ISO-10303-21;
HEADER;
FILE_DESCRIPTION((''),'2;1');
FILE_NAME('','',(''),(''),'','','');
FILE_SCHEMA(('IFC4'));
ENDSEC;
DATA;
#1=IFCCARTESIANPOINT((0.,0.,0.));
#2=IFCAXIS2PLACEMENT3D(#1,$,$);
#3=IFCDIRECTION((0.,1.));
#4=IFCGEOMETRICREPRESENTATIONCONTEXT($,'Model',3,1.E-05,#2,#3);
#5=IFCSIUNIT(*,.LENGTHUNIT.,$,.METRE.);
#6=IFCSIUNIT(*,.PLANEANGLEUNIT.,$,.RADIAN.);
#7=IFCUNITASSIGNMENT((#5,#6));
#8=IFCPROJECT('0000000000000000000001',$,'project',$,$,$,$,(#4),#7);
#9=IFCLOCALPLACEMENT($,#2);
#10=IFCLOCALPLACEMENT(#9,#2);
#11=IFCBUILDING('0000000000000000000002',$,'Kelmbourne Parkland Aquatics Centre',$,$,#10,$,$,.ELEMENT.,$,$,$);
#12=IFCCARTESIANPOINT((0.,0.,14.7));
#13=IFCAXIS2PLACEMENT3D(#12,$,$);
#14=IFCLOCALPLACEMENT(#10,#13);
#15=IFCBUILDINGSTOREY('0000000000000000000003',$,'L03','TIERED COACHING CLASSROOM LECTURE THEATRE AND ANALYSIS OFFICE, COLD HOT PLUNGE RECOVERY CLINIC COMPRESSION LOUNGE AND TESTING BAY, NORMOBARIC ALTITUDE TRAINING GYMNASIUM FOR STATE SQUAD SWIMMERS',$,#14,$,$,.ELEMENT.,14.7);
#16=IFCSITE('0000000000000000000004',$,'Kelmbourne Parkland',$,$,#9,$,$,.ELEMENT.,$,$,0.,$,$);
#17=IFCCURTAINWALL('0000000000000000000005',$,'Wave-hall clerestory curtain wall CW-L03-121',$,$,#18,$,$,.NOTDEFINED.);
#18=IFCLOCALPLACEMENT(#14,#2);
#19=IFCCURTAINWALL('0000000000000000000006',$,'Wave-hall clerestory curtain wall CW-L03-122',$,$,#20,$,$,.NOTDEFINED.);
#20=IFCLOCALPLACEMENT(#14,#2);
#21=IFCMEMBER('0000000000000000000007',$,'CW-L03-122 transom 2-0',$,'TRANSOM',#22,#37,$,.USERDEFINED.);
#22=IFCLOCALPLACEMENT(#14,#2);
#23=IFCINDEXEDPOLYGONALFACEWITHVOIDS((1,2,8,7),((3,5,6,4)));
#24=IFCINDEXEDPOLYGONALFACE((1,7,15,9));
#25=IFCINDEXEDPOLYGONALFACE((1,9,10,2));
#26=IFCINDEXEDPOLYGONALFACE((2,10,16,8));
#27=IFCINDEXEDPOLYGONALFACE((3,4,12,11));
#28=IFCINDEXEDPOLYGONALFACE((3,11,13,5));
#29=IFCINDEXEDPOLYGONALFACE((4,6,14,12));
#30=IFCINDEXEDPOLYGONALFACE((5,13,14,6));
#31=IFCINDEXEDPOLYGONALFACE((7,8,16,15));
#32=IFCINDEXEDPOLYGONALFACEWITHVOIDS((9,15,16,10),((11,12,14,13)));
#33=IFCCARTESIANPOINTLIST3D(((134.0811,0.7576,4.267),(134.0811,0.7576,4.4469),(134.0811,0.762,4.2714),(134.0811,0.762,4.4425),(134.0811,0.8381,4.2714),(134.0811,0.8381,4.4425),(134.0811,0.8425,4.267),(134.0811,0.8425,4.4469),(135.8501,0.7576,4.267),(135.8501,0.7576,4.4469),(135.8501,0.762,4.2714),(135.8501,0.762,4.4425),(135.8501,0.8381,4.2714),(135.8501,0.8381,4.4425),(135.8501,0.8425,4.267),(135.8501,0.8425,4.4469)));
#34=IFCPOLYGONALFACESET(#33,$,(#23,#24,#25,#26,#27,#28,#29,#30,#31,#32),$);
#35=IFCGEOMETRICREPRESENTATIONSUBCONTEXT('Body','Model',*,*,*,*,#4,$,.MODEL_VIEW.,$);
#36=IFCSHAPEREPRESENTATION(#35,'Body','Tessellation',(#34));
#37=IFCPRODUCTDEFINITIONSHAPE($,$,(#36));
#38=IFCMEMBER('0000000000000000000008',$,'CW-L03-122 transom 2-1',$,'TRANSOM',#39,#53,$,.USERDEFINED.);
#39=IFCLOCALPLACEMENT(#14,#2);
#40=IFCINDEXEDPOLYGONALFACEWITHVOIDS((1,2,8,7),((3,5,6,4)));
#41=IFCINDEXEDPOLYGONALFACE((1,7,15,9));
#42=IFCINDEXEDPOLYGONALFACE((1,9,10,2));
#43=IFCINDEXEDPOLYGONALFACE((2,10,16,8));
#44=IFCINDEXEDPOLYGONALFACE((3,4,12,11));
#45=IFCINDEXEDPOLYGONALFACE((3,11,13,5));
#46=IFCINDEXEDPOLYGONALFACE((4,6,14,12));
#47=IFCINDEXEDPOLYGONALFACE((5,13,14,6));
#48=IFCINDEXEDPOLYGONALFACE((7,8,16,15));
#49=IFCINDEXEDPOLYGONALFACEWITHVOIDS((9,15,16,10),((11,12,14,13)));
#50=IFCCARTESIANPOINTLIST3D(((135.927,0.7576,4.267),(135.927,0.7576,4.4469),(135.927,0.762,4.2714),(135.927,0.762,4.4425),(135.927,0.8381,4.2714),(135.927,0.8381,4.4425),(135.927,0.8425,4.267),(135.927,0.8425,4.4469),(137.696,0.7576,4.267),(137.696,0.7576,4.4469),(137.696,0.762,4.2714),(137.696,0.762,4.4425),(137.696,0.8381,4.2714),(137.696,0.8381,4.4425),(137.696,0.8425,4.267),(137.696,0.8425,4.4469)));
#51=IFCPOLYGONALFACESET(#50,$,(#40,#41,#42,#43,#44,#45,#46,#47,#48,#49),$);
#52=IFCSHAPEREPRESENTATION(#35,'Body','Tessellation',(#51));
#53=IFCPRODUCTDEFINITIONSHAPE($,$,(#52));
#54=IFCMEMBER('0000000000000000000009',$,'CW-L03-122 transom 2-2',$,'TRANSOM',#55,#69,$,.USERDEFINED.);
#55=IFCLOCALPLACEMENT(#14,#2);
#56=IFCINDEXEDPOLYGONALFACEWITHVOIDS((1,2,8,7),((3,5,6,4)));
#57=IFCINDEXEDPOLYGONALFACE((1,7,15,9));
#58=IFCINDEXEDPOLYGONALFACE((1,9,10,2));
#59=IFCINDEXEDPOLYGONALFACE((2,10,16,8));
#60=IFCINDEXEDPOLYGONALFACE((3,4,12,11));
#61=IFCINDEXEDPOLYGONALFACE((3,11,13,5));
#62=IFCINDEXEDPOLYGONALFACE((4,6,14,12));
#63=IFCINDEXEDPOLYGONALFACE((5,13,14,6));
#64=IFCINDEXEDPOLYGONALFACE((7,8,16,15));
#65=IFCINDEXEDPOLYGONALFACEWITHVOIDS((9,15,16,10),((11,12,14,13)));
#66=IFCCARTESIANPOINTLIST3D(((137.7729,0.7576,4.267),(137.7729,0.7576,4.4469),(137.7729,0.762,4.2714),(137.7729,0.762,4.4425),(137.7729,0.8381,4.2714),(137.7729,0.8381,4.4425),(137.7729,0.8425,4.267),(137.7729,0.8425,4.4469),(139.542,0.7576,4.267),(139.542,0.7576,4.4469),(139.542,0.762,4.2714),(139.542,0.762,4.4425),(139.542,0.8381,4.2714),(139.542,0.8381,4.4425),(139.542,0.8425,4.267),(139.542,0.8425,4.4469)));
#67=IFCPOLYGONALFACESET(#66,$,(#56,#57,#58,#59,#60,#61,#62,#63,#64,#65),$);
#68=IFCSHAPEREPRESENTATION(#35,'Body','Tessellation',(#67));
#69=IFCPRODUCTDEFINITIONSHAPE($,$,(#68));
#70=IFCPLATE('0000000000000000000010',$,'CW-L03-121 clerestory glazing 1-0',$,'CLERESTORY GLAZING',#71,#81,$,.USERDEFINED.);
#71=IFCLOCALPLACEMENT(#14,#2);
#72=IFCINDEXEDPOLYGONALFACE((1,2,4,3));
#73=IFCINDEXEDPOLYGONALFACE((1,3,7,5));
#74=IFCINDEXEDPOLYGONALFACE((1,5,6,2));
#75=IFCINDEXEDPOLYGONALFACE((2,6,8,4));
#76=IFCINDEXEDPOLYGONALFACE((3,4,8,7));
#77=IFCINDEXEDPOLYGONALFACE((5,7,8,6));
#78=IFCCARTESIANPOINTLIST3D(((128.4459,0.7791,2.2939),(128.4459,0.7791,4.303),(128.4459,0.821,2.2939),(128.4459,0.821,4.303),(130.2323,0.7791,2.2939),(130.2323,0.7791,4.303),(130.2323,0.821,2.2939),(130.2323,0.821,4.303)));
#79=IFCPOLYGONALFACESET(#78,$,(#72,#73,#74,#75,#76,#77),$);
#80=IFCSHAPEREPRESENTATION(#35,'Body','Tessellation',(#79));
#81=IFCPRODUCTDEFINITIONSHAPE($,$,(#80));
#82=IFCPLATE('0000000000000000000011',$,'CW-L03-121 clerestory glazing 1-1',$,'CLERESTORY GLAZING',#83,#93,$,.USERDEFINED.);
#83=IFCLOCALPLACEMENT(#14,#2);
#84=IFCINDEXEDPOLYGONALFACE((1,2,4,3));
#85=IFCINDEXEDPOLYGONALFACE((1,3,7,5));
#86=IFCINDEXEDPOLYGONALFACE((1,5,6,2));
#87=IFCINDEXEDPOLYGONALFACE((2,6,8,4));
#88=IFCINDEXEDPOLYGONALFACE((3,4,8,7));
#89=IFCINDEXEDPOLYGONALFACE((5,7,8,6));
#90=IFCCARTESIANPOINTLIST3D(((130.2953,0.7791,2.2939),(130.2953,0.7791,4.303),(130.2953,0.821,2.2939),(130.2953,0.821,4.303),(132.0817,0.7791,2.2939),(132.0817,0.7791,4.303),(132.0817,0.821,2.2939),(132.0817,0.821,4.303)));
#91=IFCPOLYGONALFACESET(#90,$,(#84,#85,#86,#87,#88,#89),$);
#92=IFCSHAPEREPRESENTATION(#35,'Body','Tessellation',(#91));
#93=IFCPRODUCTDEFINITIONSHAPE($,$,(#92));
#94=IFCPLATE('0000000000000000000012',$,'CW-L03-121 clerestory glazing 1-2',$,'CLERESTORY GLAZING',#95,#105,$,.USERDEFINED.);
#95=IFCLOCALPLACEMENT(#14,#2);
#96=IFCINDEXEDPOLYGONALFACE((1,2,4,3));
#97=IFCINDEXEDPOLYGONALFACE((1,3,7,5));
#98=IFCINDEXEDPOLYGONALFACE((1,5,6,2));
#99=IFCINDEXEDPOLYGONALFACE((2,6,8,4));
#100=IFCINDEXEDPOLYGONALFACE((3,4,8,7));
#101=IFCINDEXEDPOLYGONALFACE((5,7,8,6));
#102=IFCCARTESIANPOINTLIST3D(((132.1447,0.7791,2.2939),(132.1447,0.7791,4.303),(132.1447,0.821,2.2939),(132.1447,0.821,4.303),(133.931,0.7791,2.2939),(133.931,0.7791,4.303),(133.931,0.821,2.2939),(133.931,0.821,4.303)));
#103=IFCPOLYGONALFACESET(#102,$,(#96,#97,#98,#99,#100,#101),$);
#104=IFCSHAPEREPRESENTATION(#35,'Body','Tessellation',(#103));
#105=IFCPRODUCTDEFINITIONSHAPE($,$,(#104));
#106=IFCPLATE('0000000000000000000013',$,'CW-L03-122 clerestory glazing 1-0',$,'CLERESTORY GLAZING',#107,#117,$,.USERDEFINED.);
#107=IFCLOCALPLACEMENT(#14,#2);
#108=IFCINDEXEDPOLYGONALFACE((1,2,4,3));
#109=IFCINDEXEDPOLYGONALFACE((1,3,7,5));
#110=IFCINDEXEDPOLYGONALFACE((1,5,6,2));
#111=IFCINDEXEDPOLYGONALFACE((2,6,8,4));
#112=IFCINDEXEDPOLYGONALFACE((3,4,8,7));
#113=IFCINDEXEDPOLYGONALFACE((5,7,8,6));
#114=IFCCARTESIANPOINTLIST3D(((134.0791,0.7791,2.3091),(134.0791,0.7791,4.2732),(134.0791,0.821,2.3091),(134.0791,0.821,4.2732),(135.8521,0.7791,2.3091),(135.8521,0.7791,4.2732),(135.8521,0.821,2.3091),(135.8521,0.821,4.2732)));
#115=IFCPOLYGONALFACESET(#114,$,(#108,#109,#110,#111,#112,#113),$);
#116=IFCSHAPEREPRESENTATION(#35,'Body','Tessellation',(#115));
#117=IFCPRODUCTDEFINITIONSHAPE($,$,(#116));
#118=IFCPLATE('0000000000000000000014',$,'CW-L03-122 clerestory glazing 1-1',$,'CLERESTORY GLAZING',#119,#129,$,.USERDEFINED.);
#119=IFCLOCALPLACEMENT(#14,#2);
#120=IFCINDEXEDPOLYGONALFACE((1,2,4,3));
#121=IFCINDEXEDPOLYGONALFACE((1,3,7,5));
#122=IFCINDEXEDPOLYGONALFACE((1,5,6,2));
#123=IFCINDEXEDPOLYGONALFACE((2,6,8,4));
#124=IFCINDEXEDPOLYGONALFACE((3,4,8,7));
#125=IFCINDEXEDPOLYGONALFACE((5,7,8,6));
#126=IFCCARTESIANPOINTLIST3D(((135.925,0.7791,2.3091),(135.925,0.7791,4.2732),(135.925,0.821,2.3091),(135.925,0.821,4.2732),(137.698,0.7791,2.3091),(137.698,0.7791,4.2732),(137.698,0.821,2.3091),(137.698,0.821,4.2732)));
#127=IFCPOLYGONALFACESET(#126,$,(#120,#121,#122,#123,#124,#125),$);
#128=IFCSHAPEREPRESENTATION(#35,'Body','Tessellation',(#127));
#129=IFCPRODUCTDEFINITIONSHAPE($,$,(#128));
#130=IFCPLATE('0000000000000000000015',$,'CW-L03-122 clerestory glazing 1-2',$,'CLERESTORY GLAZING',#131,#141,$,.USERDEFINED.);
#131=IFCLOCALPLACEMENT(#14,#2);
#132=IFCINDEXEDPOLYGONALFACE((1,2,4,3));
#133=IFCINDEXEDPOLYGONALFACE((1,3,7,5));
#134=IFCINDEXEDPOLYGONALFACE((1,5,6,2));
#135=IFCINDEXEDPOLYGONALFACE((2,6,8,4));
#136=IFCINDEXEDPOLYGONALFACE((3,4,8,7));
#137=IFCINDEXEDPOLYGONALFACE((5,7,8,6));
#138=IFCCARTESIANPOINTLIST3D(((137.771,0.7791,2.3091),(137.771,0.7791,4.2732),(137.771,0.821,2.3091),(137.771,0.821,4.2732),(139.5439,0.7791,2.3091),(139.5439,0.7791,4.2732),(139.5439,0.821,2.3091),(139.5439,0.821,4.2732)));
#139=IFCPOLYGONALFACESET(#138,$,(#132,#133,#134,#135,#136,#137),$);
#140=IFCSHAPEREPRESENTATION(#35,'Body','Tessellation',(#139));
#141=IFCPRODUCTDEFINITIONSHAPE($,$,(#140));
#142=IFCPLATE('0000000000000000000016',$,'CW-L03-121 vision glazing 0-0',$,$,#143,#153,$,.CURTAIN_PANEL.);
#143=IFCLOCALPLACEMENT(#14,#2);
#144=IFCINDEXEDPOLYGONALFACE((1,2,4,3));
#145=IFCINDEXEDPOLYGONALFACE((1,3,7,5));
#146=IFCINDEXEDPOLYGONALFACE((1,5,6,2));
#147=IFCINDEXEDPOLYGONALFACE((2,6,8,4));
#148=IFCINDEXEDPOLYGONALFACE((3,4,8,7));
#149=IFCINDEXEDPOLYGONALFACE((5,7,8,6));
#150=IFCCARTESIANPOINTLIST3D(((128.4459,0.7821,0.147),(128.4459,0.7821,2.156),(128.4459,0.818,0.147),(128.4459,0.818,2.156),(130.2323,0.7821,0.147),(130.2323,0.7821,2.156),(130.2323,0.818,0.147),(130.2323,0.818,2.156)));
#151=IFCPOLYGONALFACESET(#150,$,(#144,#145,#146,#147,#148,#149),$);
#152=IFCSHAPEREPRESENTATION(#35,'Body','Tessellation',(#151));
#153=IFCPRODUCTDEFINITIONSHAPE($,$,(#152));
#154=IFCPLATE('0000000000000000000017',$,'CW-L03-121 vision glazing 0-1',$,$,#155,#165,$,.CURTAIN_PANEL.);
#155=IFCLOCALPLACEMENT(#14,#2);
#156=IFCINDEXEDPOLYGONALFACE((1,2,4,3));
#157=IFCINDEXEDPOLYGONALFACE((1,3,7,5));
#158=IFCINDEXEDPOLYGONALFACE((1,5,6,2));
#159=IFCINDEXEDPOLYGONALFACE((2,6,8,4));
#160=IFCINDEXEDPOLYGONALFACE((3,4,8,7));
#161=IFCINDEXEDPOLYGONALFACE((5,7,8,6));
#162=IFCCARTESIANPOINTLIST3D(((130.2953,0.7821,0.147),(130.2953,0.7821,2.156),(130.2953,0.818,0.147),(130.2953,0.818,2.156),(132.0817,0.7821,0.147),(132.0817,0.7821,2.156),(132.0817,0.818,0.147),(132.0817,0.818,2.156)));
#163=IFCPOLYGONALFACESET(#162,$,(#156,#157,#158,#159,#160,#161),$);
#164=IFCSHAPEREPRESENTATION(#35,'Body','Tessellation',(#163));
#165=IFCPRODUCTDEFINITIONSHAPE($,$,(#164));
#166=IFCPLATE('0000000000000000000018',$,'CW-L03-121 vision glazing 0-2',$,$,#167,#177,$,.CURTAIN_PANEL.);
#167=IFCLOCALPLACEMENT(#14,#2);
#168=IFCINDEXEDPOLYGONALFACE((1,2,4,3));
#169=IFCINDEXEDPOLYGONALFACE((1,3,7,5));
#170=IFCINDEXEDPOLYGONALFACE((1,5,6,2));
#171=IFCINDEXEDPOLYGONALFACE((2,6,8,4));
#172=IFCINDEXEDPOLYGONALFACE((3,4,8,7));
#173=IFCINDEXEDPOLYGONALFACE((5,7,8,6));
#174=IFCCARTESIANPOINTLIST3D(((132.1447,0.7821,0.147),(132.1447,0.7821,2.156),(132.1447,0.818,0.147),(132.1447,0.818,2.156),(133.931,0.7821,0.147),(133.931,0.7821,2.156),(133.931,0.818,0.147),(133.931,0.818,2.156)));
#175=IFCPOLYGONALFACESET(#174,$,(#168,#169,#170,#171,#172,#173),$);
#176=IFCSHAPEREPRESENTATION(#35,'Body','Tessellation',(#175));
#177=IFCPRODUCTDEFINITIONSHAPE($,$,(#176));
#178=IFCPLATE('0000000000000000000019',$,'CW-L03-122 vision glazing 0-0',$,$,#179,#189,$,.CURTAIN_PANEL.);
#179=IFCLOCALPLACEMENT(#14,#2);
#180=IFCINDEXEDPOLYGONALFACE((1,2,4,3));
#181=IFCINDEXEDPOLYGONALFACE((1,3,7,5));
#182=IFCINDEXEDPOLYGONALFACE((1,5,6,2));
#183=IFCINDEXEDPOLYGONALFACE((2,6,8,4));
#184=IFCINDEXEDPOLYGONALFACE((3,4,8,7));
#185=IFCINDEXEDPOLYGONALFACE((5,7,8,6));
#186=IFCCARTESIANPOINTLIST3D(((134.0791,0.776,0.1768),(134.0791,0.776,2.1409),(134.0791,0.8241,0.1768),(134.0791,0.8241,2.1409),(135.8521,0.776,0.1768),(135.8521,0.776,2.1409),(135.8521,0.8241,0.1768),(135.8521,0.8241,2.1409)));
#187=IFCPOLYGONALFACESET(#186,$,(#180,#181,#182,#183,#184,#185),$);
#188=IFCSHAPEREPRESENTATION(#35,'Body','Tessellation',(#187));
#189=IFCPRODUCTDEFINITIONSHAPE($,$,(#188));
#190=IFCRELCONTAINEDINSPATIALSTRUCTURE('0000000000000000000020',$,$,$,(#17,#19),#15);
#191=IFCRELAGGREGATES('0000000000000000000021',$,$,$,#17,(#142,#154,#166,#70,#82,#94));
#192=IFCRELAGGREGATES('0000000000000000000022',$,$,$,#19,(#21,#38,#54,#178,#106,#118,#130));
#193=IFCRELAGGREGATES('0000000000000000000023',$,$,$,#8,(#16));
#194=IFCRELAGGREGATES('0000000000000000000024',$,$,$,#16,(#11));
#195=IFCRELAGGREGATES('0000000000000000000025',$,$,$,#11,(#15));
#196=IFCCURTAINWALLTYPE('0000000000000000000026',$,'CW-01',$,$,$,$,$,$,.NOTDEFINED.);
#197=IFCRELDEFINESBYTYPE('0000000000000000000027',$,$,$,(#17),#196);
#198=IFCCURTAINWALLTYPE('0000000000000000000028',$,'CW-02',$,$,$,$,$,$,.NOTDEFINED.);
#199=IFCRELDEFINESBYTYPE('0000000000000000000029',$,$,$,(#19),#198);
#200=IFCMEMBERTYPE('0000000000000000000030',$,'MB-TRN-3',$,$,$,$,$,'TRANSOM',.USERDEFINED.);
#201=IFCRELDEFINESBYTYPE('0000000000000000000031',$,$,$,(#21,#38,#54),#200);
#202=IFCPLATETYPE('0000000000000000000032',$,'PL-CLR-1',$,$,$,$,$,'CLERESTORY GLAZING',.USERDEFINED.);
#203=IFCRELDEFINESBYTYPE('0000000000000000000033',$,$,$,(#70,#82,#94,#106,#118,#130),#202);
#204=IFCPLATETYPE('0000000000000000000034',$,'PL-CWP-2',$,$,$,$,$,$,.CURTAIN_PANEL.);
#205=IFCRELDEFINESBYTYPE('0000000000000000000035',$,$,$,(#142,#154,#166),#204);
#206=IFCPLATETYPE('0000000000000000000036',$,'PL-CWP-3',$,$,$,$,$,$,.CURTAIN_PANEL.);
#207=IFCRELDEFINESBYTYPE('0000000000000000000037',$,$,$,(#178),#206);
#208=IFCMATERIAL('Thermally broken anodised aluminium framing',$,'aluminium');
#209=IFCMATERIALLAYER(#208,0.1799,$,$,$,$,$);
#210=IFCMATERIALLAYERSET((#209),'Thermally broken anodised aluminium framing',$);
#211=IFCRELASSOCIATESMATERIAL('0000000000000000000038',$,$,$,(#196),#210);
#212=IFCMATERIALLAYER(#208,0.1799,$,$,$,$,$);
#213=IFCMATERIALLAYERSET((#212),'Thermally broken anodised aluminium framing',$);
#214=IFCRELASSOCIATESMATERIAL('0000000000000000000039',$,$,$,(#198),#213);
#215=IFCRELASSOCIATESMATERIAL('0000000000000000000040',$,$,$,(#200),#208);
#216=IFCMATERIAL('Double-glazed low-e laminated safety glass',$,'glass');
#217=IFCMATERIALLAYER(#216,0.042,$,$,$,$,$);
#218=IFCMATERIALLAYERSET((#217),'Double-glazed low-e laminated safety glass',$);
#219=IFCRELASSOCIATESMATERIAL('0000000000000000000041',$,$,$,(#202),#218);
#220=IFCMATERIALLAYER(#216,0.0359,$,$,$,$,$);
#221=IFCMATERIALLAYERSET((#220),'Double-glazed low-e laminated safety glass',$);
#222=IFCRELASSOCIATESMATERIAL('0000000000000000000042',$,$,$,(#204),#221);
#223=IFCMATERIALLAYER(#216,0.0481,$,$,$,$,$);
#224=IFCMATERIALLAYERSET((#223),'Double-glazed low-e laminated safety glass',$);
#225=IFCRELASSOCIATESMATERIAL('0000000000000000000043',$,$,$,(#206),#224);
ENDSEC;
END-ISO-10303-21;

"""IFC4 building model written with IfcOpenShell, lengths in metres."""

from ifc_helpers import new_model, si_unit, direction, frame, origin, origin_2d, place, context, subcontext, project, spatial, rectangle, hollow_rectangle, extrude, material, layer, layer_set, material_profile, profile_set, type_object, element, aggregate, save


model = new_model("IFC4")

# Units and contexts
model_context = context("Model", 3, precision=1e-05, world=origin(), true_north=direction((0.0, 1.0)))
body_context = subcontext(model_context, "Body", "Model", "MODEL_VIEW")
ifc_project = project(units=[si_unit("LENGTHUNIT", "METRE"), si_unit("PLANEANGLEUNIT", "RADIAN")], contexts=[model_context])

# Site, building, storey
site_placement = place(None, origin())
site = spatial("IfcSite", under=ifc_project, at=site_placement, Name="Kelmbourne Parkland", CompositionType="ELEMENT", RefElevation=0.0)
building_placement = place(site_placement, origin())
building = spatial("IfcBuilding", under=site, at=building_placement, Name="Kelmbourne Parkland Aquatics Centre", CompositionType="ELEMENT")
storey_placement = place(building_placement, frame((0.0, 0.0, 14.7)))
storey = spatial("IfcBuildingStorey", under=building, at=storey_placement, Name="L03", Description="TIERED COACHING CLASSROOM LECTURE THEATRE AND ANALYSIS OFFICE, COLD HOT PLUNGE RECOVERY CLINIC COMPRESSION LOUNGE AND TESTING BAY, NORMOBARIC ALTITUDE TRAINING GYMNASIUM FOR STATE SQUAD SWIMMERS", CompositionType="ELEMENT", Elevation=14.7)

# Curtain walls
ifc_material_1 = material(Name="Thermally broken anodised aluminium framing", Category="aluminium")
ifc_layer_1 = layer(ifc_material_1, 0.1799)
ifc_layer_set_1 = layer_set([ifc_layer_1], Name="Thermally broken anodised aluminium framing")
curtain_wall_type_1 = type_object("IfcCurtainWallType", Name="CW-01", PredefinedType="NOTDEFINED", material=ifc_layer_set_1)
curtain_wall_1_placement = place(storey_placement, origin())
curtain_wall_1 = element("IfcCurtainWall", 1, at=curtain_wall_1_placement, inside=storey, type_object=curtain_wall_type_1, Name="Wave-hall clerestory curtain wall CW-L03-121", PredefinedType="NOTDEFINED")
ifc_layer_2 = layer(ifc_material_1, 0.1799)
ifc_layer_set_2 = layer_set([ifc_layer_2], Name="Thermally broken anodised aluminium framing")
curtain_wall_type_2 = type_object("IfcCurtainWallType", Name="CW-02", PredefinedType="NOTDEFINED", material=ifc_layer_set_2)
curtain_wall_2_placement = place(storey_placement, origin())
curtain_wall_2 = element("IfcCurtainWall", 2, at=curtain_wall_2_placement, inside=storey, type_object=curtain_wall_type_2, Name="Wave-hall clerestory curtain wall CW-L03-122", PredefinedType="NOTDEFINED")

# Members
ifc_material_profile_1 = material_profile(ifc_material_1, hollow_rectangle(XDim=0.085, YDim=0.1799, WallThickness=0.0044, at=origin_2d()), Name="CW-T 85x180")
ifc_profile_set_1 = profile_set([ifc_material_profile_1], Name="Thermally broken anodised aluminium framing")
member_type_1 = type_object("IfcMemberType", Name="MB-TRN-3", ElementType="TRANSOM", PredefinedType="USERDEFINED", material=ifc_profile_set_1)
member_1_placement = place(storey_placement, frame((134.0811, 0.8, 4.3569), z_axis=(1.0, 0.0, 0.0), x_axis=(0.0, 1.0, 0.0)))
member_1 = element("IfcMember", 3, at=member_1_placement, type_object=member_type_1, Name="CW-L03-122 transom 2-0", ObjectType="TRANSOM", PredefinedType="USERDEFINED", context=body_context, shape_type="SweptSolid", body=[
    extrude(hollow_rectangle(XDim=0.085, YDim=0.1799, WallThickness=0.0044, at=origin_2d()), origin(), (0.0, 0.0, 1.0), 1.769),
])
member_2_placement = place(storey_placement, frame((135.927, 0.8, 4.3569), z_axis=(1.0, 0.0, 0.0), x_axis=(0.0, 1.0, 0.0)))
member_2 = element("IfcMember", 4, at=member_2_placement, type_object=member_type_1, Name="CW-L03-122 transom 2-1", ObjectType="TRANSOM", PredefinedType="USERDEFINED", context=body_context, shape_type="SweptSolid", body=[
    extrude(hollow_rectangle(XDim=0.085, YDim=0.1799, WallThickness=0.0044, at=origin_2d()), origin(), (0.0, 0.0, 1.0), 1.769),
])
member_3_placement = place(storey_placement, frame((137.7729, 0.8, 4.3569), z_axis=(1.0, 0.0, 0.0), x_axis=(0.0, 1.0, 0.0)))
member_3 = element("IfcMember", 5, at=member_3_placement, type_object=member_type_1, Name="CW-L03-122 transom 2-2", ObjectType="TRANSOM", PredefinedType="USERDEFINED", context=body_context, shape_type="SweptSolid", body=[
    extrude(hollow_rectangle(XDim=0.085, YDim=0.1799, WallThickness=0.0044, at=origin_2d()), origin(), (0.0, 0.0, 1.0), 1.769),
])

# Plates
ifc_material_2 = material(Name="Double-glazed low-e laminated safety glass", Category="glass")
ifc_layer_3 = layer(ifc_material_2, 0.042)
ifc_layer_set_3 = layer_set([ifc_layer_3], Name="Double-glazed low-e laminated safety glass")
plate_type_1 = type_object("IfcPlateType", Name="PL-CLR-1", ElementType="CLERESTORY GLAZING", PredefinedType="USERDEFINED", material=ifc_layer_set_3)
plate_1_placement = place(storey_placement, frame((129.3391, 0.8, 2.2939), z_axis=(0.0, 0.0, 1.0), x_axis=(1.0, 0.0, 0.0)))
plate_1 = element("IfcPlate", 6, at=plate_1_placement, type_object=plate_type_1, Name="CW-L03-121 clerestory glazing 1-0", ObjectType="CLERESTORY GLAZING", PredefinedType="USERDEFINED", context=body_context, shape_type="SweptSolid", body=[
    extrude(rectangle(XDim=1.7864, YDim=0.042, at=origin_2d()), origin(), (0.0, 0.0, 1.0), 2.009),
])
plate_2_placement = place(storey_placement, frame((131.1885, 0.8, 2.2939), z_axis=(0.0, 0.0, 1.0), x_axis=(1.0, 0.0, 0.0)))
plate_2 = element("IfcPlate", 7, at=plate_2_placement, type_object=plate_type_1, Name="CW-L03-121 clerestory glazing 1-1", ObjectType="CLERESTORY GLAZING", PredefinedType="USERDEFINED", context=body_context, shape_type="SweptSolid", body=[
    extrude(rectangle(XDim=1.7864, YDim=0.042, at=origin_2d()), origin(), (0.0, 0.0, 1.0), 2.009),
])
plate_3_placement = place(storey_placement, frame((133.0378, 0.8, 2.2939), z_axis=(0.0, 0.0, 1.0), x_axis=(1.0, 0.0, 0.0)))
plate_3 = element("IfcPlate", 8, at=plate_3_placement, type_object=plate_type_1, Name="CW-L03-121 clerestory glazing 1-2", ObjectType="CLERESTORY GLAZING", PredefinedType="USERDEFINED", context=body_context, shape_type="SweptSolid", body=[
    extrude(rectangle(XDim=1.7864, YDim=0.042, at=origin_2d()), origin(), (0.0, 0.0, 1.0), 2.009),
])
plate_4_placement = place(storey_placement, frame((134.9656, 0.8, 2.3091), z_axis=(0.0, 0.0, 1.0), x_axis=(1.0, 0.0, 0.0)))
plate_4 = element("IfcPlate", 9, at=plate_4_placement, type_object=plate_type_1, Name="CW-L03-122 clerestory glazing 1-0", ObjectType="CLERESTORY GLAZING", PredefinedType="USERDEFINED", context=body_context, shape_type="SweptSolid", body=[
    extrude(rectangle(XDim=1.7729, YDim=0.042, at=origin_2d()), origin(), (0.0, 0.0, 1.0), 1.9641),
])
plate_5_placement = place(storey_placement, frame((136.8115, 0.8, 2.3091), z_axis=(0.0, 0.0, 1.0), x_axis=(1.0, 0.0, 0.0)))
plate_5 = element("IfcPlate", 10, at=plate_5_placement, type_object=plate_type_1, Name="CW-L03-122 clerestory glazing 1-1", ObjectType="CLERESTORY GLAZING", PredefinedType="USERDEFINED", context=body_context, shape_type="SweptSolid", body=[
    extrude(rectangle(XDim=1.7729, YDim=0.042, at=origin_2d()), origin(), (0.0, 0.0, 1.0), 1.9641),
])
plate_6_placement = place(storey_placement, frame((138.6575, 0.8, 2.3091), z_axis=(0.0, 0.0, 1.0), x_axis=(1.0, 0.0, 0.0)))
plate_6 = element("IfcPlate", 11, at=plate_6_placement, type_object=plate_type_1, Name="CW-L03-122 clerestory glazing 1-2", ObjectType="CLERESTORY GLAZING", PredefinedType="USERDEFINED", context=body_context, shape_type="SweptSolid", body=[
    extrude(rectangle(XDim=1.7729, YDim=0.042, at=origin_2d()), origin(), (0.0, 0.0, 1.0), 1.9641),
])
ifc_layer_4 = layer(ifc_material_2, 0.0359)
ifc_layer_set_4 = layer_set([ifc_layer_4], Name="Double-glazed low-e laminated safety glass")
plate_type_2 = type_object("IfcPlateType", Name="PL-CWP-2", PredefinedType="CURTAIN_PANEL", material=ifc_layer_set_4)
plate_7_placement = place(storey_placement, frame((129.3391, 0.8, 0.147), z_axis=(0.0, 0.0, 1.0), x_axis=(1.0, 0.0, 0.0)))
plate_7 = element("IfcPlate", 12, at=plate_7_placement, type_object=plate_type_2, Name="CW-L03-121 vision glazing 0-0", PredefinedType="CURTAIN_PANEL", context=body_context, shape_type="SweptSolid", body=[
    extrude(rectangle(XDim=1.7864, YDim=0.0359, at=origin_2d()), origin(), (0.0, 0.0, 1.0), 2.009),
])
plate_8_placement = place(storey_placement, frame((131.1885, 0.8, 0.147), z_axis=(0.0, 0.0, 1.0), x_axis=(1.0, 0.0, 0.0)))
plate_8 = element("IfcPlate", 13, at=plate_8_placement, type_object=plate_type_2, Name="CW-L03-121 vision glazing 0-1", PredefinedType="CURTAIN_PANEL", context=body_context, shape_type="SweptSolid", body=[
    extrude(rectangle(XDim=1.7864, YDim=0.0359, at=origin_2d()), origin(), (0.0, 0.0, 1.0), 2.009),
])
plate_9_placement = place(storey_placement, frame((133.0378, 0.8, 0.147), z_axis=(0.0, 0.0, 1.0), x_axis=(1.0, 0.0, 0.0)))
plate_9 = element("IfcPlate", 14, at=plate_9_placement, type_object=plate_type_2, Name="CW-L03-121 vision glazing 0-2", PredefinedType="CURTAIN_PANEL", context=body_context, shape_type="SweptSolid", body=[
    extrude(rectangle(XDim=1.7864, YDim=0.0359, at=origin_2d()), origin(), (0.0, 0.0, 1.0), 2.009),
])
aggregate(curtain_wall_1, [plate_7, plate_8, plate_9, plate_1, plate_2, plate_3])
ifc_layer_5 = layer(ifc_material_2, 0.0481)
ifc_layer_set_5 = layer_set([ifc_layer_5], Name="Double-glazed low-e laminated safety glass")
plate_type_3 = type_object("IfcPlateType", Name="PL-CWP-3", PredefinedType="CURTAIN_PANEL", material=ifc_layer_set_5)
plate_10_placement = place(storey_placement, frame((134.9656, 0.8, 0.1768), z_axis=(0.0, 0.0, 1.0), x_axis=(1.0, 0.0, 0.0)))
plate_10 = element("IfcPlate", 15, at=plate_10_placement, type_object=plate_type_3, Name="CW-L03-122 vision glazing 0-0", PredefinedType="CURTAIN_PANEL", context=body_context, shape_type="SweptSolid", body=[
    extrude(rectangle(XDim=1.7729, YDim=0.0481, at=origin_2d()), origin(), (0.0, 0.0, 1.0), 1.9641),
])
aggregate(curtain_wall_2, [member_1, member_2, member_3, plate_10, plate_4, plate_5, plate_6])

save(model, "model.ifc")
